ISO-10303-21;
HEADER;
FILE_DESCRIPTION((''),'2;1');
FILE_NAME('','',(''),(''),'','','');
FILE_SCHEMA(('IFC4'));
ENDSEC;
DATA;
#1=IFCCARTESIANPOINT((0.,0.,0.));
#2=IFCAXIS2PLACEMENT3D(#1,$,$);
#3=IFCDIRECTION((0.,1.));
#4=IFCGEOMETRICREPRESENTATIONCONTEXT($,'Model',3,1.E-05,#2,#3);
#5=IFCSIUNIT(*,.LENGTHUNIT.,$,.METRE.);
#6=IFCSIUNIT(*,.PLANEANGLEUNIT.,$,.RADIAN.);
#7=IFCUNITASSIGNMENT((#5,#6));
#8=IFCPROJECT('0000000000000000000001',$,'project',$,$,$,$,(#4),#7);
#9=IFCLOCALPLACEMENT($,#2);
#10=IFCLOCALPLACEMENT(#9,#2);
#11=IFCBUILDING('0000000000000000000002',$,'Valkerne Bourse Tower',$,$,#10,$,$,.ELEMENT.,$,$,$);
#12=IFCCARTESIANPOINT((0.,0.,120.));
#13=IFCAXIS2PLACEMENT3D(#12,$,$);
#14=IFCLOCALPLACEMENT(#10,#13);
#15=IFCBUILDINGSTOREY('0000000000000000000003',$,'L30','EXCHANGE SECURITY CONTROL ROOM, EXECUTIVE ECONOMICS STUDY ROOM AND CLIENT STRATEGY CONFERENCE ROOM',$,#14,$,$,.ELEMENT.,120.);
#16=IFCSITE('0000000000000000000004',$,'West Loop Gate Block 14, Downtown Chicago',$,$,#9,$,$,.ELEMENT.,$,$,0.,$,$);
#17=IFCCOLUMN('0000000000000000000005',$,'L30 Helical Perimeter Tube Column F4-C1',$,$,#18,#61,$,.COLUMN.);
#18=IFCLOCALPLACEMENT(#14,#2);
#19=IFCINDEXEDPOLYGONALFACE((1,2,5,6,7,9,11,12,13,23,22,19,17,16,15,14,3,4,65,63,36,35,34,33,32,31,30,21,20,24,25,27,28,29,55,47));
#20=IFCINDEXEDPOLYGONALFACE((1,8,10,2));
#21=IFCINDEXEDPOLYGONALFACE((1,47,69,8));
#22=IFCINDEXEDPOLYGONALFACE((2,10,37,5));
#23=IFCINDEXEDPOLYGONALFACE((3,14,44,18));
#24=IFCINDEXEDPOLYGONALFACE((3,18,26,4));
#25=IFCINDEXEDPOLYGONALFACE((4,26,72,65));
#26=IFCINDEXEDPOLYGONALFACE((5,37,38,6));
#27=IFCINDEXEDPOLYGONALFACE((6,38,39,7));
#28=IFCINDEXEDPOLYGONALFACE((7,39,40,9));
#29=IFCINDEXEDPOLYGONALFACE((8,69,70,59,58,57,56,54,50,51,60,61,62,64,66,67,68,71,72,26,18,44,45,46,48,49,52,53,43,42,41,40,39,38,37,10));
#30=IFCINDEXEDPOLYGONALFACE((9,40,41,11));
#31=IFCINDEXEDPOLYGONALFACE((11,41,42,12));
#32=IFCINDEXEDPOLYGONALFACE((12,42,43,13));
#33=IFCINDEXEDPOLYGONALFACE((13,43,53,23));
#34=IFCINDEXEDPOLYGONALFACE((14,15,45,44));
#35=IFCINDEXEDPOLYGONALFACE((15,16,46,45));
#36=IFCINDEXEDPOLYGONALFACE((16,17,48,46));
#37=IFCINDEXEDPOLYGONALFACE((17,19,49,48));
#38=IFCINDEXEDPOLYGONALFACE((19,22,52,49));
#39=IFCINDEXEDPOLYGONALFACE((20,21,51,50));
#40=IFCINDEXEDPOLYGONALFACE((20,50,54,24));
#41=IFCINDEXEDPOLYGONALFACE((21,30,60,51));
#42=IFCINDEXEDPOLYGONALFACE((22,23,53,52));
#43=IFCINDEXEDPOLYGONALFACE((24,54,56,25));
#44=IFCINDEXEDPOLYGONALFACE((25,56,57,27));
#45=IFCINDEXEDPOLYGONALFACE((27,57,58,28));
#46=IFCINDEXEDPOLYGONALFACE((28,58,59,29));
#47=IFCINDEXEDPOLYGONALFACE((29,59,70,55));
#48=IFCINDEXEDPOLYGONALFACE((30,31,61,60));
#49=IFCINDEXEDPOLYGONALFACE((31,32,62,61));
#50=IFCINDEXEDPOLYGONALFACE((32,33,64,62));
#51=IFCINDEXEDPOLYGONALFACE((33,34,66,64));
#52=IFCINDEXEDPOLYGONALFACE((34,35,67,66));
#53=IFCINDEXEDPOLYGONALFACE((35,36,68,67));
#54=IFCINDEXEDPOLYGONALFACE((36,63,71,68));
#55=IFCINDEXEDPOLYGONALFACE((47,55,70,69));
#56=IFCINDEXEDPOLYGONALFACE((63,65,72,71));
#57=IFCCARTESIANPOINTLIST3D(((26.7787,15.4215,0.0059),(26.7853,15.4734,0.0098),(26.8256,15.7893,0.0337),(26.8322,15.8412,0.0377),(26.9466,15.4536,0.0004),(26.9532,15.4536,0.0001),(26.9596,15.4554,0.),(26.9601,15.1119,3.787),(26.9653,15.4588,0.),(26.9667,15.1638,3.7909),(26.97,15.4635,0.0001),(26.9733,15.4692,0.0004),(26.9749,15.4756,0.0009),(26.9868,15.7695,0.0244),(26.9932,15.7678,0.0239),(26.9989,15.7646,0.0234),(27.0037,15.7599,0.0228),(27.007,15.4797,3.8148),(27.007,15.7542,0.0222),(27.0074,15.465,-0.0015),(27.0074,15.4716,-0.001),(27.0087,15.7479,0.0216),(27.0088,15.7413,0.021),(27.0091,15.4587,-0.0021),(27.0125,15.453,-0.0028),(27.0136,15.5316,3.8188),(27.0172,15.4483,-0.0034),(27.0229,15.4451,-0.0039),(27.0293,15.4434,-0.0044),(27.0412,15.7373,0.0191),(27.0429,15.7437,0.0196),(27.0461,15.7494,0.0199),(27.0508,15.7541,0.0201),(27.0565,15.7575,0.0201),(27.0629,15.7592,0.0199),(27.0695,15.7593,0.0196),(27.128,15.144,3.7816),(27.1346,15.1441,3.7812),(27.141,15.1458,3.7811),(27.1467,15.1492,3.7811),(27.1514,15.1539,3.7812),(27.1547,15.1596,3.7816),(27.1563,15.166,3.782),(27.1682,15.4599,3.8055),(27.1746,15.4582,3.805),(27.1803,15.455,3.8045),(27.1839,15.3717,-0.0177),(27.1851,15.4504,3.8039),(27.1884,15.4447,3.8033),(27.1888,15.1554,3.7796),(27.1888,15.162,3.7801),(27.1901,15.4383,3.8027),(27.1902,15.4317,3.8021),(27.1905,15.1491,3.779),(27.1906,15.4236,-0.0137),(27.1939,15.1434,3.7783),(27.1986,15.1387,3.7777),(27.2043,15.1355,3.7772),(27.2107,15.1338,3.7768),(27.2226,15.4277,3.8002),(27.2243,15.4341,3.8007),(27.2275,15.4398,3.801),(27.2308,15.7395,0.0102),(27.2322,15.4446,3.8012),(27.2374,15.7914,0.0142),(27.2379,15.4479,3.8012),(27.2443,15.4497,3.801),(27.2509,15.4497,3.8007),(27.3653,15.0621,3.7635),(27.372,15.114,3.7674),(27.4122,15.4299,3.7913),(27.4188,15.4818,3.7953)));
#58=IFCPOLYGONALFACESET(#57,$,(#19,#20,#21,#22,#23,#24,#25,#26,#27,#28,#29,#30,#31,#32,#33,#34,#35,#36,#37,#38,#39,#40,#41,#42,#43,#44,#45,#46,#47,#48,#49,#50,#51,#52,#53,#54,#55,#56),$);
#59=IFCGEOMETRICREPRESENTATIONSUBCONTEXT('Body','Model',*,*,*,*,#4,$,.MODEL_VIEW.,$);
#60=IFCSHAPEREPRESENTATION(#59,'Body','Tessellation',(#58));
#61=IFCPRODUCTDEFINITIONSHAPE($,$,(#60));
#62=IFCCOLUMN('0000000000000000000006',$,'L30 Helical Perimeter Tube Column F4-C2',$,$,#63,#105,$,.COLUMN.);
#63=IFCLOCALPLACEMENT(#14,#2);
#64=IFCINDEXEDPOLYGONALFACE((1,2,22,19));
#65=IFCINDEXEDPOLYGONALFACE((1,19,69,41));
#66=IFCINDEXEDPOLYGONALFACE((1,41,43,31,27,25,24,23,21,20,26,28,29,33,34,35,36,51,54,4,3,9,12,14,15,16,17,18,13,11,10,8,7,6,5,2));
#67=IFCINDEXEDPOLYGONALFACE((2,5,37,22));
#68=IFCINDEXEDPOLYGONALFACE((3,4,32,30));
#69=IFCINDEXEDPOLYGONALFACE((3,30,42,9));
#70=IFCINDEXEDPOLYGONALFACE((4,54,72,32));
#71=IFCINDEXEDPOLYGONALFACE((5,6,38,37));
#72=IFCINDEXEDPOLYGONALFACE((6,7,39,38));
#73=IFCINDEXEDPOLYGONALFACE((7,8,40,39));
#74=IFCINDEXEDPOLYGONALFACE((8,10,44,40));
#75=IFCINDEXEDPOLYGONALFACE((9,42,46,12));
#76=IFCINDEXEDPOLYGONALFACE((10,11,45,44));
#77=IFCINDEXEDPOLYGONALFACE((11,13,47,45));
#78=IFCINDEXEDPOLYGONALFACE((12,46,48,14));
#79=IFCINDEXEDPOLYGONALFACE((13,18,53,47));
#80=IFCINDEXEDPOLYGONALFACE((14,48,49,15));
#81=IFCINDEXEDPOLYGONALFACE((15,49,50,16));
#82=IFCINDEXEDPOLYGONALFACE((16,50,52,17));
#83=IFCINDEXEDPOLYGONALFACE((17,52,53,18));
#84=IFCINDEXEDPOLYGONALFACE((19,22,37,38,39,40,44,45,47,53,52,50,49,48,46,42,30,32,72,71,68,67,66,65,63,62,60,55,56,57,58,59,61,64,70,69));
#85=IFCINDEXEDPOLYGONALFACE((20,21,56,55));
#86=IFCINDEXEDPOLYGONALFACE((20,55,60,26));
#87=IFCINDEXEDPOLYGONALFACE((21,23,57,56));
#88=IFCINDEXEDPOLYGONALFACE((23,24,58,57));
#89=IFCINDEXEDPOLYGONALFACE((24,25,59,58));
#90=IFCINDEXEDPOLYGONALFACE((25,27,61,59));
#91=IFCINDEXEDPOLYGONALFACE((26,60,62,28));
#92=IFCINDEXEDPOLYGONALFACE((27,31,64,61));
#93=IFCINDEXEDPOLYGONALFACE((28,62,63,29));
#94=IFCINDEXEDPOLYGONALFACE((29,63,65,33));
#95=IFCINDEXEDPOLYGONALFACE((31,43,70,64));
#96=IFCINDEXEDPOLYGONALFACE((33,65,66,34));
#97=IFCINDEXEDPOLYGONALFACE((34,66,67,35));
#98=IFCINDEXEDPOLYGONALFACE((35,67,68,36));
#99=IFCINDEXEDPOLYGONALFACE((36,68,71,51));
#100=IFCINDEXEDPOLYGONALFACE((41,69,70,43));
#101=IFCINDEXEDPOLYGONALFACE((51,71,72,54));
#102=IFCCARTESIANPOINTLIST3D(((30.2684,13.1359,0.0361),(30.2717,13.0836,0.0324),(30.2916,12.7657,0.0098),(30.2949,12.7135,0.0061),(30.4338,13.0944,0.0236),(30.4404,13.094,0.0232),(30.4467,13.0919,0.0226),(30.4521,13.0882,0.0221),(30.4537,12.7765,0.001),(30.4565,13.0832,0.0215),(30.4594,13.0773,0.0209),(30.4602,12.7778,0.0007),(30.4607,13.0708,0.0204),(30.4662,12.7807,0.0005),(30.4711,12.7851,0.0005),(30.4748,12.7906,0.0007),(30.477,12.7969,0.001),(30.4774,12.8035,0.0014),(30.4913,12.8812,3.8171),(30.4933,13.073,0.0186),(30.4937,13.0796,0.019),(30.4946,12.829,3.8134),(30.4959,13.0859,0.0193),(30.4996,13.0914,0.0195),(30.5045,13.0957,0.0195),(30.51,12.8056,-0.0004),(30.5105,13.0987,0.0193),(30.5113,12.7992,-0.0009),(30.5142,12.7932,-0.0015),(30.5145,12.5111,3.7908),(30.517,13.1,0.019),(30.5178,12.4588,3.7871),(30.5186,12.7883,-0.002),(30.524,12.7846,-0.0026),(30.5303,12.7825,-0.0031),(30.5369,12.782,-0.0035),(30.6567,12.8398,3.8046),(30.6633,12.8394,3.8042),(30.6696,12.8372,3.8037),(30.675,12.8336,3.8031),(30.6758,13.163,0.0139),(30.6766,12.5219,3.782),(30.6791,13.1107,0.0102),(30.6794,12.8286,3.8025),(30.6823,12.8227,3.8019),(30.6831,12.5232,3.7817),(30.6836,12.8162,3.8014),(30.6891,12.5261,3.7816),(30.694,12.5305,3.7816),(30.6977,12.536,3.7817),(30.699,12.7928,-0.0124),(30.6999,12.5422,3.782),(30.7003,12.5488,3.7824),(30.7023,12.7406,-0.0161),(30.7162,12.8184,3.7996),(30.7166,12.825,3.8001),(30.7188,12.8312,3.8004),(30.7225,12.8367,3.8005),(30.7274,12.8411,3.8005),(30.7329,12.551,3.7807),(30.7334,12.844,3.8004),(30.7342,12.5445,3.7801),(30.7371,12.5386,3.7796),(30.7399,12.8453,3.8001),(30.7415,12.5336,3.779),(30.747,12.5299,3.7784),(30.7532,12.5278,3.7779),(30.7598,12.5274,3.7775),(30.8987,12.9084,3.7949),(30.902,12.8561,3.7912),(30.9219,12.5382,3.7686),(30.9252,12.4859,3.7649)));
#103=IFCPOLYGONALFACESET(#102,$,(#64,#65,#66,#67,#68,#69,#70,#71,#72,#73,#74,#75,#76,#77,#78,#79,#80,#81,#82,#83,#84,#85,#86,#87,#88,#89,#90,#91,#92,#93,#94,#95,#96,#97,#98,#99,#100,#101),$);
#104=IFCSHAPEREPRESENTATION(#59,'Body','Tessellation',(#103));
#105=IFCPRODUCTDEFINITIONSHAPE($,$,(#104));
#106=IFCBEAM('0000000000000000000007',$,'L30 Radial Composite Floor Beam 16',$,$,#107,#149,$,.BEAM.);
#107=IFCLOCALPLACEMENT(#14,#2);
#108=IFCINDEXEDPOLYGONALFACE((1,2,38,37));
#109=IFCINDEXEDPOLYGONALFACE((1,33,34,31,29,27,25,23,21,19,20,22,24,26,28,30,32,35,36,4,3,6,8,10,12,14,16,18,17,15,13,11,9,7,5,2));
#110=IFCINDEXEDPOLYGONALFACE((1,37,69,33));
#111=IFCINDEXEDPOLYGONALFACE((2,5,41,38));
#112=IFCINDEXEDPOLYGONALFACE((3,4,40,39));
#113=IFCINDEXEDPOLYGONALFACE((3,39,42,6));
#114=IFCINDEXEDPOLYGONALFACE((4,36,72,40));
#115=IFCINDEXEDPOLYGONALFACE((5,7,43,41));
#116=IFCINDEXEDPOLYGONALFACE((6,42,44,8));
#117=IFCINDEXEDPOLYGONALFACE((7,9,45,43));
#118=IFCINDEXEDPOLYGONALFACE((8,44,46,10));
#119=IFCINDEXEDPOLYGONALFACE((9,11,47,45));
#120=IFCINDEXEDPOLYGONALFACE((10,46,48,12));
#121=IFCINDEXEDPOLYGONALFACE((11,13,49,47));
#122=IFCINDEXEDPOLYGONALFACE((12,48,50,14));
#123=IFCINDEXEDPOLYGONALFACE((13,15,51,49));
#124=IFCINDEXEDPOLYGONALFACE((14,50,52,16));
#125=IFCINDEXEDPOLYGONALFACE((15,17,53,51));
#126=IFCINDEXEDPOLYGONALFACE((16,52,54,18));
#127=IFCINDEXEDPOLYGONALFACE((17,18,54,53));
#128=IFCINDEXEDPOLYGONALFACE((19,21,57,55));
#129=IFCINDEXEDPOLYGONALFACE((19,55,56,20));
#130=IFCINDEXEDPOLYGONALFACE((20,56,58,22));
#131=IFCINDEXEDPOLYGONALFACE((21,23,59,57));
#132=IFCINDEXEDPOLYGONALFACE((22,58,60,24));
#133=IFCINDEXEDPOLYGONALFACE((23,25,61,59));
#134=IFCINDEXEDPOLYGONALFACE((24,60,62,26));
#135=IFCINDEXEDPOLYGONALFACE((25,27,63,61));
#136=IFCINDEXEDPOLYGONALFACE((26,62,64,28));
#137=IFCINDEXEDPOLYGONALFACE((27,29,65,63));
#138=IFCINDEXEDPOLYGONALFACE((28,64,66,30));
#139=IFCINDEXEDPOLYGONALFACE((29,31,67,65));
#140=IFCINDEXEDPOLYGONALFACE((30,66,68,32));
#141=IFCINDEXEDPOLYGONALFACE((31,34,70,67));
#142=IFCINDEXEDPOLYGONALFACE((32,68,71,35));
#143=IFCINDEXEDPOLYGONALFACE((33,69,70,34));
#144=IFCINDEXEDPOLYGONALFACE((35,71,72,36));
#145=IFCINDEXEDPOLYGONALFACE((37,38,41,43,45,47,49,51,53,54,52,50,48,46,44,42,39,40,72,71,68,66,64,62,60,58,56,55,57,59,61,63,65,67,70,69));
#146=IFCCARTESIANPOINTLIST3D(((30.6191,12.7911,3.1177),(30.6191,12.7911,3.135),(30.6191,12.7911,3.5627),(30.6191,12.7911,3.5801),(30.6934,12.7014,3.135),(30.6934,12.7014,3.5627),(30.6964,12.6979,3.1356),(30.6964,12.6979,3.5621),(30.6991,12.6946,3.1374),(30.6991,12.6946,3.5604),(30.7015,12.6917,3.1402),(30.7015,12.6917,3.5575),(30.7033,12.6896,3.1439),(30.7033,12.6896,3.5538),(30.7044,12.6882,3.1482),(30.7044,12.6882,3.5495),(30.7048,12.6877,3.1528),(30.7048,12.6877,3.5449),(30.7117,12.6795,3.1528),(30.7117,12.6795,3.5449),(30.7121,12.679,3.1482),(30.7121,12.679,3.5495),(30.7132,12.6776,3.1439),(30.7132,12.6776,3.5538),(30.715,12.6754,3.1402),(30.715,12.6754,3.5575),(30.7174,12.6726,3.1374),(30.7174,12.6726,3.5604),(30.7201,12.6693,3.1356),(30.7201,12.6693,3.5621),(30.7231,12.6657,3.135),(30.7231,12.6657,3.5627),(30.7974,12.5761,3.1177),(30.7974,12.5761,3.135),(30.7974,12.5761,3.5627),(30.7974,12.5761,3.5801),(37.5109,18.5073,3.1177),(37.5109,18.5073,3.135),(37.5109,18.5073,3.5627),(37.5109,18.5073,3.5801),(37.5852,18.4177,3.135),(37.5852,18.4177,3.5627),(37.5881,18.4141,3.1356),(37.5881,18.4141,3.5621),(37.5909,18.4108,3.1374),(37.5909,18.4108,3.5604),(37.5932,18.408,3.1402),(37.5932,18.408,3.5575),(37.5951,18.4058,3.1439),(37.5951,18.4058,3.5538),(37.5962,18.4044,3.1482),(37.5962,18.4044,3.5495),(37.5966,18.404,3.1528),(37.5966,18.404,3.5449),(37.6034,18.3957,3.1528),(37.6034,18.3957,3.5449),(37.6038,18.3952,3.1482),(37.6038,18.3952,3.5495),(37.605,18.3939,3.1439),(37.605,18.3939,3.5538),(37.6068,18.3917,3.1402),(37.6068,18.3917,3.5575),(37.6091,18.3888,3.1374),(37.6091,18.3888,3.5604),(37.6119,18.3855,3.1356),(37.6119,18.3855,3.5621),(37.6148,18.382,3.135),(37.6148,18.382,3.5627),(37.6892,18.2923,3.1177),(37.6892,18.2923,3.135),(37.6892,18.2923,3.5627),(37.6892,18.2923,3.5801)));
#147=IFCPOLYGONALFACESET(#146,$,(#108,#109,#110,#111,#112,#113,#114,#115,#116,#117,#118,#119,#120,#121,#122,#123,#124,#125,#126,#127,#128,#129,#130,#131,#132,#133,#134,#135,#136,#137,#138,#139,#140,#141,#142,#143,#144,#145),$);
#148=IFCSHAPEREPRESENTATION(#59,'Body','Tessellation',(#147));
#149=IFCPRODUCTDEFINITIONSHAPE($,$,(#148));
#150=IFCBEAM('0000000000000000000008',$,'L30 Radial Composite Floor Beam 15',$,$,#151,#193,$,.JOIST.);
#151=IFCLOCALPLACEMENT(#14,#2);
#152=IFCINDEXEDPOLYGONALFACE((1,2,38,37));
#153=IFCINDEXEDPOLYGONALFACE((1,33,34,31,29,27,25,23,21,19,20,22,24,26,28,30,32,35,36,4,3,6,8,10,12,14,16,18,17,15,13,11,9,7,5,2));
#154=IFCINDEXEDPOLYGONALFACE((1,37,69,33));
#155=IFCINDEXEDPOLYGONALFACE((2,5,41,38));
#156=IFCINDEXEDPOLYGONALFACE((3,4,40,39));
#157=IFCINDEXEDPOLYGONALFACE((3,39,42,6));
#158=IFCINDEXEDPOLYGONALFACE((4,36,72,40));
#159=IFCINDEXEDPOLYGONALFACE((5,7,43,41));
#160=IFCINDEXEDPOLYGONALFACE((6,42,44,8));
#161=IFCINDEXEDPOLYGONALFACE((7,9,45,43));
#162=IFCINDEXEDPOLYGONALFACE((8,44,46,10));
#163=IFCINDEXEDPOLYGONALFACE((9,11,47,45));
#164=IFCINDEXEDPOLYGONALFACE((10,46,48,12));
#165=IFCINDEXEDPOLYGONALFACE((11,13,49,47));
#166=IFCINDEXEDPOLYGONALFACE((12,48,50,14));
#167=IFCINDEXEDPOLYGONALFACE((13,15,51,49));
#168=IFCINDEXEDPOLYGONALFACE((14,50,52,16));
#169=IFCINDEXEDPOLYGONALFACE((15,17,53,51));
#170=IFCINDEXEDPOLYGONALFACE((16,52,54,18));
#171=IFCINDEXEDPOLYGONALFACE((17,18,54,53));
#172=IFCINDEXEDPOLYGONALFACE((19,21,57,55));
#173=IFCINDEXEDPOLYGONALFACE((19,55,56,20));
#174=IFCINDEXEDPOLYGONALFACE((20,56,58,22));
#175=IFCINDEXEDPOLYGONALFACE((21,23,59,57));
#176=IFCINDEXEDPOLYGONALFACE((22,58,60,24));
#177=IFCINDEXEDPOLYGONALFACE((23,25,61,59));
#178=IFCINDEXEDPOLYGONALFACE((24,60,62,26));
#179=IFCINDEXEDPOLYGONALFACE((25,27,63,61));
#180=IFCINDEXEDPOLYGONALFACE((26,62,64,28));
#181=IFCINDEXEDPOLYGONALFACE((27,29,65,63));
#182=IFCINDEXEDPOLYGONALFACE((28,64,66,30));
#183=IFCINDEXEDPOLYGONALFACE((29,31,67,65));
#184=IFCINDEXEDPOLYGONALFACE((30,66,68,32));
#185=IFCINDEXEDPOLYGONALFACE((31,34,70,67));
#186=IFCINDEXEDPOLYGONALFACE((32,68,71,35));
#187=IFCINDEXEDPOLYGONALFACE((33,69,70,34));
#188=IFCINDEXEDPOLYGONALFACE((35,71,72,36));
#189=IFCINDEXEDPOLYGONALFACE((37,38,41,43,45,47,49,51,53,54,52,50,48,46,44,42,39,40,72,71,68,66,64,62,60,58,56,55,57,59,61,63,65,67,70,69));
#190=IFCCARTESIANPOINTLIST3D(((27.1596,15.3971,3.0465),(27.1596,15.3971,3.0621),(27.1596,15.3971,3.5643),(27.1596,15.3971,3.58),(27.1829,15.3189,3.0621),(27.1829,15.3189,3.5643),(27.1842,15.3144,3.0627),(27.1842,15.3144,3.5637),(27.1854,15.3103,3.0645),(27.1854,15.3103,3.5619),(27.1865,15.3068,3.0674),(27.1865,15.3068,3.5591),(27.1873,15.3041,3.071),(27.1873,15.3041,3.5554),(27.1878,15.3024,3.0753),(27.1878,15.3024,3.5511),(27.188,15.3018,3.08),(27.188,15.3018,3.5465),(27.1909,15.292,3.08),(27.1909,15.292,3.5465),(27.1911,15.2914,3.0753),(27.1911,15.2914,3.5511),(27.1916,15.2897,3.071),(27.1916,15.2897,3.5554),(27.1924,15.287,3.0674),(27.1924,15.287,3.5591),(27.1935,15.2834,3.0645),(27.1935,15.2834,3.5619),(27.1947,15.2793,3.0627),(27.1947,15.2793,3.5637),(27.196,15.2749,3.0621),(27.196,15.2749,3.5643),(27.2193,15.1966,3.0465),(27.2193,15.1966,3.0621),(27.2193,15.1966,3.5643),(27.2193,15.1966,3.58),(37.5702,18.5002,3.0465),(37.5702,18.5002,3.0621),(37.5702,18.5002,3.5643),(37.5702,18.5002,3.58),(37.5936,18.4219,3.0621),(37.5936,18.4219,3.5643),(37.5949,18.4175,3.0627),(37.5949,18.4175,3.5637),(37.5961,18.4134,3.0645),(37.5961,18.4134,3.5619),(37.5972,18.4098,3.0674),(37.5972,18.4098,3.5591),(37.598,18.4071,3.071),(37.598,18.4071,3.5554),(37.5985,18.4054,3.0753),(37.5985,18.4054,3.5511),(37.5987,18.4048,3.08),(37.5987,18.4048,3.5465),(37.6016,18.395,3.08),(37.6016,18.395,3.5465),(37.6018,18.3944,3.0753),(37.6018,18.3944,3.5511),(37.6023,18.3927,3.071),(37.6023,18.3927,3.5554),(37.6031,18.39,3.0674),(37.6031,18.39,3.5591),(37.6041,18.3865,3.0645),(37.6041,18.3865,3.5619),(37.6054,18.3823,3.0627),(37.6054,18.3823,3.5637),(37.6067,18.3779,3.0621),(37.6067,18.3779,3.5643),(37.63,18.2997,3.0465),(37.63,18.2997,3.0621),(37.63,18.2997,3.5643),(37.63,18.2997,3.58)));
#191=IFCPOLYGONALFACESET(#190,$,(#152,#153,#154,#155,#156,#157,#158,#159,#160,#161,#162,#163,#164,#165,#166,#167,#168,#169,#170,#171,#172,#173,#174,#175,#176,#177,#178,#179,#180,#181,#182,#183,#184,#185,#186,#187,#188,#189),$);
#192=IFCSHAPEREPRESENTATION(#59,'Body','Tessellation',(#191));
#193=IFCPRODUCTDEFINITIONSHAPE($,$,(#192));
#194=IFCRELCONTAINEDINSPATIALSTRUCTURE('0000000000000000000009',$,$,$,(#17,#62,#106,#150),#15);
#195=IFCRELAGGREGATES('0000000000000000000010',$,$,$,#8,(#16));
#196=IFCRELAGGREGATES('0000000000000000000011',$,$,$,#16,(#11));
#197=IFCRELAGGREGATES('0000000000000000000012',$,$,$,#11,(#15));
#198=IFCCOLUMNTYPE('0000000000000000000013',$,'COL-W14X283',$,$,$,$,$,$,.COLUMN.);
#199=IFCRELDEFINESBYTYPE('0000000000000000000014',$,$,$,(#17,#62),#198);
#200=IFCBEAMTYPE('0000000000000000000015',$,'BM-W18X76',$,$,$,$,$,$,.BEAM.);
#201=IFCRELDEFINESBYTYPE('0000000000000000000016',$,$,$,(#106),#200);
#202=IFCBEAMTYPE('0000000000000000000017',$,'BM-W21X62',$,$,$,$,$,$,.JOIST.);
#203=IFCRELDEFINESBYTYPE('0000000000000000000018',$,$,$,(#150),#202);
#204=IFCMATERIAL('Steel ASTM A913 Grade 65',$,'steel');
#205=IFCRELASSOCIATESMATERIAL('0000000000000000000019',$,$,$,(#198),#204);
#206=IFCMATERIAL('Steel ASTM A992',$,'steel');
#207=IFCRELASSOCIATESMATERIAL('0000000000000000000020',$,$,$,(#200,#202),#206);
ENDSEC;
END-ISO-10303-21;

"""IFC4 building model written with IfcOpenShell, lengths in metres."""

from ifc_helpers import new_model, si_unit, direction, frame, origin, origin_2d, place, context, subcontext, project, spatial, i_section, extrude, material, material_profile, profile_set, type_object, element, save


model = new_model("IFC4")

# Units and contexts
model_context = context("Model", 3, precision=1e-05, world=origin(), true_north=direction((0.0, 1.0)))
body_context = subcontext(model_context, "Body", "Model", "MODEL_VIEW")
ifc_project = project(units=[si_unit("LENGTHUNIT", "METRE"), si_unit("PLANEANGLEUNIT", "RADIAN")], contexts=[model_context])

# Site, building, storey
site_placement = place(None, origin())
site = spatial("IfcSite", under=ifc_project, at=site_placement, Name="West Loop Gate Block 14, Downtown Chicago", CompositionType="ELEMENT", RefElevation=0.0)
building_placement = place(site_placement, origin())
building = spatial("IfcBuilding", under=site, at=building_placement, Name="Valkerne Bourse Tower", CompositionType="ELEMENT")
storey_placement = place(building_placement, frame((0.0, 0.0, 120.0)))
storey = spatial("IfcBuildingStorey", under=building, at=storey_placement, Name="L30", Description="EXCHANGE SECURITY CONTROL ROOM, EXECUTIVE ECONOMICS STUDY ROOM AND CLIENT STRATEGY CONFERENCE ROOM", CompositionType="ELEMENT", Elevation=120.0)

# Columns
ifc_material_1 = material(Name="Steel ASTM A913 Grade 65", Category="steel")
ifc_material_profile_1 = material_profile(ifc_material_1, i_section(OverallWidth=0.4089, OverallDepth=0.4243, WebThickness=0.0327, FlangeThickness=0.0525, FilletRadius=0.0254, at=origin_2d()), Name="W14X283")
ifc_profile_set_1 = profile_set([ifc_material_profile_1], Name="Steel ASTM A913 Grade 65")
column_type = type_object("IfcColumnType", Name="COL-W14X283", PredefinedType="COLUMN", material=ifc_profile_set_1)
column_1_placement = place(storey_placement, frame((27.0081, 15.6064, 0.01), z_axis=(0.047761, -0.081509, 0.995528), x_axis=(0.990888, -0.121795, -0.057511)))
element("IfcColumn", 1, at=column_1_placement, inside=storey, type_object=column_type, Name="L30 Helical Perimeter Tube Column F4-C1", PredefinedType="COLUMN", context=body_context, shape_type="SweptSolid", body=[
    extrude(i_section(OverallWidth=0.4089, OverallDepth=0.4243, WebThickness=0.0327, FlangeThickness=0.0525, FilletRadius=0.0254, at=origin_2d()), origin(), (0.0, 0.0, 1.0), 3.7981),
])
column_2_placement = place(storey_placement, frame((30.4854, 12.9382, 0.01), z_axis=(0.058718, -0.067079, 0.996018), x_axis=(0.996322, 0.066314, -0.05427)))
element("IfcColumn", 2, at=column_2_placement, inside=storey, type_object=column_type, Name="L30 Helical Perimeter Tube Column F4-C2", PredefinedType="COLUMN", context=body_context, shape_type="SweptSolid", body=[
    extrude(i_section(OverallWidth=0.4089, OverallDepth=0.4243, WebThickness=0.0327, FlangeThickness=0.0525, FilletRadius=0.0254, at=origin_2d()), origin(), (0.0, 0.0, 1.0), 3.7961),
])

# Beams
ifc_material_2 = material(Name="Steel ASTM A992", Category="steel")
ifc_material_profile_2 = material_profile(ifc_material_2, i_section(OverallWidth=0.2793, OverallDepth=0.4624, WebThickness=0.0107, FlangeThickness=0.0173, FilletRadius=0.0178, at=origin_2d()), Name="W18X76")
ifc_profile_set_2 = profile_set([ifc_material_profile_2], Name="Steel ASTM A992")
beam_type_1 = type_object("IfcBeamType", Name="BM-W18X76", PredefinedType="BEAM", material=ifc_profile_set_2)
beam_1_placement = place(storey_placement, frame((30.7083, 12.6836, 3.3489), z_axis=(0.769697, 0.63841, 0.0), x_axis=(-0.63841, 0.769697, 0.0)))
element("IfcBeam", 3, at=beam_1_placement, inside=storey, type_object=beam_type_1, Name="L30 Radial Composite Floor Beam 16", PredefinedType="BEAM", context=body_context, shape_type="SweptSolid", body=[
    extrude(i_section(OverallWidth=0.2793, OverallDepth=0.4624, WebThickness=0.0107, FlangeThickness=0.0173, FilletRadius=0.0178, at=origin_2d()), origin(), (0.0, 0.0, 1.0), 8.9539),
])
ifc_material_profile_3 = material_profile(ifc_material_2, i_section(OverallWidth=0.2092, OverallDepth=0.5334, WebThickness=0.0103, FlangeThickness=0.0156, FilletRadius=0.0178, at=origin_2d()), Name="W21X62")
ifc_profile_set_3 = profile_set([ifc_material_profile_3], Name="Steel ASTM A992")
beam_type_2 = type_object("IfcBeamType", Name="BM-W21X62", PredefinedType="JOIST", material=ifc_profile_set_3)
beam_2_placement = place(storey_placement, frame((27.1895, 15.2969, 3.3132), z_axis=(0.958336, 0.285644, 0.0), x_axis=(-0.285644, 0.958336, 0.0)))
element("IfcBeam", 4, at=beam_2_placement, inside=storey, type_object=beam_type_2, Name="L30 Radial Composite Floor Beam 15", PredefinedType="JOIST", context=body_context, shape_type="SweptSolid", body=[
    extrude(i_section(OverallWidth=0.2092, OverallDepth=0.5334, WebThickness=0.0103, FlangeThickness=0.0156, FilletRadius=0.0178, at=origin_2d()), origin(), (0.0, 0.0, 1.0), 10.8633),
])

save(model, "model.ifc")
